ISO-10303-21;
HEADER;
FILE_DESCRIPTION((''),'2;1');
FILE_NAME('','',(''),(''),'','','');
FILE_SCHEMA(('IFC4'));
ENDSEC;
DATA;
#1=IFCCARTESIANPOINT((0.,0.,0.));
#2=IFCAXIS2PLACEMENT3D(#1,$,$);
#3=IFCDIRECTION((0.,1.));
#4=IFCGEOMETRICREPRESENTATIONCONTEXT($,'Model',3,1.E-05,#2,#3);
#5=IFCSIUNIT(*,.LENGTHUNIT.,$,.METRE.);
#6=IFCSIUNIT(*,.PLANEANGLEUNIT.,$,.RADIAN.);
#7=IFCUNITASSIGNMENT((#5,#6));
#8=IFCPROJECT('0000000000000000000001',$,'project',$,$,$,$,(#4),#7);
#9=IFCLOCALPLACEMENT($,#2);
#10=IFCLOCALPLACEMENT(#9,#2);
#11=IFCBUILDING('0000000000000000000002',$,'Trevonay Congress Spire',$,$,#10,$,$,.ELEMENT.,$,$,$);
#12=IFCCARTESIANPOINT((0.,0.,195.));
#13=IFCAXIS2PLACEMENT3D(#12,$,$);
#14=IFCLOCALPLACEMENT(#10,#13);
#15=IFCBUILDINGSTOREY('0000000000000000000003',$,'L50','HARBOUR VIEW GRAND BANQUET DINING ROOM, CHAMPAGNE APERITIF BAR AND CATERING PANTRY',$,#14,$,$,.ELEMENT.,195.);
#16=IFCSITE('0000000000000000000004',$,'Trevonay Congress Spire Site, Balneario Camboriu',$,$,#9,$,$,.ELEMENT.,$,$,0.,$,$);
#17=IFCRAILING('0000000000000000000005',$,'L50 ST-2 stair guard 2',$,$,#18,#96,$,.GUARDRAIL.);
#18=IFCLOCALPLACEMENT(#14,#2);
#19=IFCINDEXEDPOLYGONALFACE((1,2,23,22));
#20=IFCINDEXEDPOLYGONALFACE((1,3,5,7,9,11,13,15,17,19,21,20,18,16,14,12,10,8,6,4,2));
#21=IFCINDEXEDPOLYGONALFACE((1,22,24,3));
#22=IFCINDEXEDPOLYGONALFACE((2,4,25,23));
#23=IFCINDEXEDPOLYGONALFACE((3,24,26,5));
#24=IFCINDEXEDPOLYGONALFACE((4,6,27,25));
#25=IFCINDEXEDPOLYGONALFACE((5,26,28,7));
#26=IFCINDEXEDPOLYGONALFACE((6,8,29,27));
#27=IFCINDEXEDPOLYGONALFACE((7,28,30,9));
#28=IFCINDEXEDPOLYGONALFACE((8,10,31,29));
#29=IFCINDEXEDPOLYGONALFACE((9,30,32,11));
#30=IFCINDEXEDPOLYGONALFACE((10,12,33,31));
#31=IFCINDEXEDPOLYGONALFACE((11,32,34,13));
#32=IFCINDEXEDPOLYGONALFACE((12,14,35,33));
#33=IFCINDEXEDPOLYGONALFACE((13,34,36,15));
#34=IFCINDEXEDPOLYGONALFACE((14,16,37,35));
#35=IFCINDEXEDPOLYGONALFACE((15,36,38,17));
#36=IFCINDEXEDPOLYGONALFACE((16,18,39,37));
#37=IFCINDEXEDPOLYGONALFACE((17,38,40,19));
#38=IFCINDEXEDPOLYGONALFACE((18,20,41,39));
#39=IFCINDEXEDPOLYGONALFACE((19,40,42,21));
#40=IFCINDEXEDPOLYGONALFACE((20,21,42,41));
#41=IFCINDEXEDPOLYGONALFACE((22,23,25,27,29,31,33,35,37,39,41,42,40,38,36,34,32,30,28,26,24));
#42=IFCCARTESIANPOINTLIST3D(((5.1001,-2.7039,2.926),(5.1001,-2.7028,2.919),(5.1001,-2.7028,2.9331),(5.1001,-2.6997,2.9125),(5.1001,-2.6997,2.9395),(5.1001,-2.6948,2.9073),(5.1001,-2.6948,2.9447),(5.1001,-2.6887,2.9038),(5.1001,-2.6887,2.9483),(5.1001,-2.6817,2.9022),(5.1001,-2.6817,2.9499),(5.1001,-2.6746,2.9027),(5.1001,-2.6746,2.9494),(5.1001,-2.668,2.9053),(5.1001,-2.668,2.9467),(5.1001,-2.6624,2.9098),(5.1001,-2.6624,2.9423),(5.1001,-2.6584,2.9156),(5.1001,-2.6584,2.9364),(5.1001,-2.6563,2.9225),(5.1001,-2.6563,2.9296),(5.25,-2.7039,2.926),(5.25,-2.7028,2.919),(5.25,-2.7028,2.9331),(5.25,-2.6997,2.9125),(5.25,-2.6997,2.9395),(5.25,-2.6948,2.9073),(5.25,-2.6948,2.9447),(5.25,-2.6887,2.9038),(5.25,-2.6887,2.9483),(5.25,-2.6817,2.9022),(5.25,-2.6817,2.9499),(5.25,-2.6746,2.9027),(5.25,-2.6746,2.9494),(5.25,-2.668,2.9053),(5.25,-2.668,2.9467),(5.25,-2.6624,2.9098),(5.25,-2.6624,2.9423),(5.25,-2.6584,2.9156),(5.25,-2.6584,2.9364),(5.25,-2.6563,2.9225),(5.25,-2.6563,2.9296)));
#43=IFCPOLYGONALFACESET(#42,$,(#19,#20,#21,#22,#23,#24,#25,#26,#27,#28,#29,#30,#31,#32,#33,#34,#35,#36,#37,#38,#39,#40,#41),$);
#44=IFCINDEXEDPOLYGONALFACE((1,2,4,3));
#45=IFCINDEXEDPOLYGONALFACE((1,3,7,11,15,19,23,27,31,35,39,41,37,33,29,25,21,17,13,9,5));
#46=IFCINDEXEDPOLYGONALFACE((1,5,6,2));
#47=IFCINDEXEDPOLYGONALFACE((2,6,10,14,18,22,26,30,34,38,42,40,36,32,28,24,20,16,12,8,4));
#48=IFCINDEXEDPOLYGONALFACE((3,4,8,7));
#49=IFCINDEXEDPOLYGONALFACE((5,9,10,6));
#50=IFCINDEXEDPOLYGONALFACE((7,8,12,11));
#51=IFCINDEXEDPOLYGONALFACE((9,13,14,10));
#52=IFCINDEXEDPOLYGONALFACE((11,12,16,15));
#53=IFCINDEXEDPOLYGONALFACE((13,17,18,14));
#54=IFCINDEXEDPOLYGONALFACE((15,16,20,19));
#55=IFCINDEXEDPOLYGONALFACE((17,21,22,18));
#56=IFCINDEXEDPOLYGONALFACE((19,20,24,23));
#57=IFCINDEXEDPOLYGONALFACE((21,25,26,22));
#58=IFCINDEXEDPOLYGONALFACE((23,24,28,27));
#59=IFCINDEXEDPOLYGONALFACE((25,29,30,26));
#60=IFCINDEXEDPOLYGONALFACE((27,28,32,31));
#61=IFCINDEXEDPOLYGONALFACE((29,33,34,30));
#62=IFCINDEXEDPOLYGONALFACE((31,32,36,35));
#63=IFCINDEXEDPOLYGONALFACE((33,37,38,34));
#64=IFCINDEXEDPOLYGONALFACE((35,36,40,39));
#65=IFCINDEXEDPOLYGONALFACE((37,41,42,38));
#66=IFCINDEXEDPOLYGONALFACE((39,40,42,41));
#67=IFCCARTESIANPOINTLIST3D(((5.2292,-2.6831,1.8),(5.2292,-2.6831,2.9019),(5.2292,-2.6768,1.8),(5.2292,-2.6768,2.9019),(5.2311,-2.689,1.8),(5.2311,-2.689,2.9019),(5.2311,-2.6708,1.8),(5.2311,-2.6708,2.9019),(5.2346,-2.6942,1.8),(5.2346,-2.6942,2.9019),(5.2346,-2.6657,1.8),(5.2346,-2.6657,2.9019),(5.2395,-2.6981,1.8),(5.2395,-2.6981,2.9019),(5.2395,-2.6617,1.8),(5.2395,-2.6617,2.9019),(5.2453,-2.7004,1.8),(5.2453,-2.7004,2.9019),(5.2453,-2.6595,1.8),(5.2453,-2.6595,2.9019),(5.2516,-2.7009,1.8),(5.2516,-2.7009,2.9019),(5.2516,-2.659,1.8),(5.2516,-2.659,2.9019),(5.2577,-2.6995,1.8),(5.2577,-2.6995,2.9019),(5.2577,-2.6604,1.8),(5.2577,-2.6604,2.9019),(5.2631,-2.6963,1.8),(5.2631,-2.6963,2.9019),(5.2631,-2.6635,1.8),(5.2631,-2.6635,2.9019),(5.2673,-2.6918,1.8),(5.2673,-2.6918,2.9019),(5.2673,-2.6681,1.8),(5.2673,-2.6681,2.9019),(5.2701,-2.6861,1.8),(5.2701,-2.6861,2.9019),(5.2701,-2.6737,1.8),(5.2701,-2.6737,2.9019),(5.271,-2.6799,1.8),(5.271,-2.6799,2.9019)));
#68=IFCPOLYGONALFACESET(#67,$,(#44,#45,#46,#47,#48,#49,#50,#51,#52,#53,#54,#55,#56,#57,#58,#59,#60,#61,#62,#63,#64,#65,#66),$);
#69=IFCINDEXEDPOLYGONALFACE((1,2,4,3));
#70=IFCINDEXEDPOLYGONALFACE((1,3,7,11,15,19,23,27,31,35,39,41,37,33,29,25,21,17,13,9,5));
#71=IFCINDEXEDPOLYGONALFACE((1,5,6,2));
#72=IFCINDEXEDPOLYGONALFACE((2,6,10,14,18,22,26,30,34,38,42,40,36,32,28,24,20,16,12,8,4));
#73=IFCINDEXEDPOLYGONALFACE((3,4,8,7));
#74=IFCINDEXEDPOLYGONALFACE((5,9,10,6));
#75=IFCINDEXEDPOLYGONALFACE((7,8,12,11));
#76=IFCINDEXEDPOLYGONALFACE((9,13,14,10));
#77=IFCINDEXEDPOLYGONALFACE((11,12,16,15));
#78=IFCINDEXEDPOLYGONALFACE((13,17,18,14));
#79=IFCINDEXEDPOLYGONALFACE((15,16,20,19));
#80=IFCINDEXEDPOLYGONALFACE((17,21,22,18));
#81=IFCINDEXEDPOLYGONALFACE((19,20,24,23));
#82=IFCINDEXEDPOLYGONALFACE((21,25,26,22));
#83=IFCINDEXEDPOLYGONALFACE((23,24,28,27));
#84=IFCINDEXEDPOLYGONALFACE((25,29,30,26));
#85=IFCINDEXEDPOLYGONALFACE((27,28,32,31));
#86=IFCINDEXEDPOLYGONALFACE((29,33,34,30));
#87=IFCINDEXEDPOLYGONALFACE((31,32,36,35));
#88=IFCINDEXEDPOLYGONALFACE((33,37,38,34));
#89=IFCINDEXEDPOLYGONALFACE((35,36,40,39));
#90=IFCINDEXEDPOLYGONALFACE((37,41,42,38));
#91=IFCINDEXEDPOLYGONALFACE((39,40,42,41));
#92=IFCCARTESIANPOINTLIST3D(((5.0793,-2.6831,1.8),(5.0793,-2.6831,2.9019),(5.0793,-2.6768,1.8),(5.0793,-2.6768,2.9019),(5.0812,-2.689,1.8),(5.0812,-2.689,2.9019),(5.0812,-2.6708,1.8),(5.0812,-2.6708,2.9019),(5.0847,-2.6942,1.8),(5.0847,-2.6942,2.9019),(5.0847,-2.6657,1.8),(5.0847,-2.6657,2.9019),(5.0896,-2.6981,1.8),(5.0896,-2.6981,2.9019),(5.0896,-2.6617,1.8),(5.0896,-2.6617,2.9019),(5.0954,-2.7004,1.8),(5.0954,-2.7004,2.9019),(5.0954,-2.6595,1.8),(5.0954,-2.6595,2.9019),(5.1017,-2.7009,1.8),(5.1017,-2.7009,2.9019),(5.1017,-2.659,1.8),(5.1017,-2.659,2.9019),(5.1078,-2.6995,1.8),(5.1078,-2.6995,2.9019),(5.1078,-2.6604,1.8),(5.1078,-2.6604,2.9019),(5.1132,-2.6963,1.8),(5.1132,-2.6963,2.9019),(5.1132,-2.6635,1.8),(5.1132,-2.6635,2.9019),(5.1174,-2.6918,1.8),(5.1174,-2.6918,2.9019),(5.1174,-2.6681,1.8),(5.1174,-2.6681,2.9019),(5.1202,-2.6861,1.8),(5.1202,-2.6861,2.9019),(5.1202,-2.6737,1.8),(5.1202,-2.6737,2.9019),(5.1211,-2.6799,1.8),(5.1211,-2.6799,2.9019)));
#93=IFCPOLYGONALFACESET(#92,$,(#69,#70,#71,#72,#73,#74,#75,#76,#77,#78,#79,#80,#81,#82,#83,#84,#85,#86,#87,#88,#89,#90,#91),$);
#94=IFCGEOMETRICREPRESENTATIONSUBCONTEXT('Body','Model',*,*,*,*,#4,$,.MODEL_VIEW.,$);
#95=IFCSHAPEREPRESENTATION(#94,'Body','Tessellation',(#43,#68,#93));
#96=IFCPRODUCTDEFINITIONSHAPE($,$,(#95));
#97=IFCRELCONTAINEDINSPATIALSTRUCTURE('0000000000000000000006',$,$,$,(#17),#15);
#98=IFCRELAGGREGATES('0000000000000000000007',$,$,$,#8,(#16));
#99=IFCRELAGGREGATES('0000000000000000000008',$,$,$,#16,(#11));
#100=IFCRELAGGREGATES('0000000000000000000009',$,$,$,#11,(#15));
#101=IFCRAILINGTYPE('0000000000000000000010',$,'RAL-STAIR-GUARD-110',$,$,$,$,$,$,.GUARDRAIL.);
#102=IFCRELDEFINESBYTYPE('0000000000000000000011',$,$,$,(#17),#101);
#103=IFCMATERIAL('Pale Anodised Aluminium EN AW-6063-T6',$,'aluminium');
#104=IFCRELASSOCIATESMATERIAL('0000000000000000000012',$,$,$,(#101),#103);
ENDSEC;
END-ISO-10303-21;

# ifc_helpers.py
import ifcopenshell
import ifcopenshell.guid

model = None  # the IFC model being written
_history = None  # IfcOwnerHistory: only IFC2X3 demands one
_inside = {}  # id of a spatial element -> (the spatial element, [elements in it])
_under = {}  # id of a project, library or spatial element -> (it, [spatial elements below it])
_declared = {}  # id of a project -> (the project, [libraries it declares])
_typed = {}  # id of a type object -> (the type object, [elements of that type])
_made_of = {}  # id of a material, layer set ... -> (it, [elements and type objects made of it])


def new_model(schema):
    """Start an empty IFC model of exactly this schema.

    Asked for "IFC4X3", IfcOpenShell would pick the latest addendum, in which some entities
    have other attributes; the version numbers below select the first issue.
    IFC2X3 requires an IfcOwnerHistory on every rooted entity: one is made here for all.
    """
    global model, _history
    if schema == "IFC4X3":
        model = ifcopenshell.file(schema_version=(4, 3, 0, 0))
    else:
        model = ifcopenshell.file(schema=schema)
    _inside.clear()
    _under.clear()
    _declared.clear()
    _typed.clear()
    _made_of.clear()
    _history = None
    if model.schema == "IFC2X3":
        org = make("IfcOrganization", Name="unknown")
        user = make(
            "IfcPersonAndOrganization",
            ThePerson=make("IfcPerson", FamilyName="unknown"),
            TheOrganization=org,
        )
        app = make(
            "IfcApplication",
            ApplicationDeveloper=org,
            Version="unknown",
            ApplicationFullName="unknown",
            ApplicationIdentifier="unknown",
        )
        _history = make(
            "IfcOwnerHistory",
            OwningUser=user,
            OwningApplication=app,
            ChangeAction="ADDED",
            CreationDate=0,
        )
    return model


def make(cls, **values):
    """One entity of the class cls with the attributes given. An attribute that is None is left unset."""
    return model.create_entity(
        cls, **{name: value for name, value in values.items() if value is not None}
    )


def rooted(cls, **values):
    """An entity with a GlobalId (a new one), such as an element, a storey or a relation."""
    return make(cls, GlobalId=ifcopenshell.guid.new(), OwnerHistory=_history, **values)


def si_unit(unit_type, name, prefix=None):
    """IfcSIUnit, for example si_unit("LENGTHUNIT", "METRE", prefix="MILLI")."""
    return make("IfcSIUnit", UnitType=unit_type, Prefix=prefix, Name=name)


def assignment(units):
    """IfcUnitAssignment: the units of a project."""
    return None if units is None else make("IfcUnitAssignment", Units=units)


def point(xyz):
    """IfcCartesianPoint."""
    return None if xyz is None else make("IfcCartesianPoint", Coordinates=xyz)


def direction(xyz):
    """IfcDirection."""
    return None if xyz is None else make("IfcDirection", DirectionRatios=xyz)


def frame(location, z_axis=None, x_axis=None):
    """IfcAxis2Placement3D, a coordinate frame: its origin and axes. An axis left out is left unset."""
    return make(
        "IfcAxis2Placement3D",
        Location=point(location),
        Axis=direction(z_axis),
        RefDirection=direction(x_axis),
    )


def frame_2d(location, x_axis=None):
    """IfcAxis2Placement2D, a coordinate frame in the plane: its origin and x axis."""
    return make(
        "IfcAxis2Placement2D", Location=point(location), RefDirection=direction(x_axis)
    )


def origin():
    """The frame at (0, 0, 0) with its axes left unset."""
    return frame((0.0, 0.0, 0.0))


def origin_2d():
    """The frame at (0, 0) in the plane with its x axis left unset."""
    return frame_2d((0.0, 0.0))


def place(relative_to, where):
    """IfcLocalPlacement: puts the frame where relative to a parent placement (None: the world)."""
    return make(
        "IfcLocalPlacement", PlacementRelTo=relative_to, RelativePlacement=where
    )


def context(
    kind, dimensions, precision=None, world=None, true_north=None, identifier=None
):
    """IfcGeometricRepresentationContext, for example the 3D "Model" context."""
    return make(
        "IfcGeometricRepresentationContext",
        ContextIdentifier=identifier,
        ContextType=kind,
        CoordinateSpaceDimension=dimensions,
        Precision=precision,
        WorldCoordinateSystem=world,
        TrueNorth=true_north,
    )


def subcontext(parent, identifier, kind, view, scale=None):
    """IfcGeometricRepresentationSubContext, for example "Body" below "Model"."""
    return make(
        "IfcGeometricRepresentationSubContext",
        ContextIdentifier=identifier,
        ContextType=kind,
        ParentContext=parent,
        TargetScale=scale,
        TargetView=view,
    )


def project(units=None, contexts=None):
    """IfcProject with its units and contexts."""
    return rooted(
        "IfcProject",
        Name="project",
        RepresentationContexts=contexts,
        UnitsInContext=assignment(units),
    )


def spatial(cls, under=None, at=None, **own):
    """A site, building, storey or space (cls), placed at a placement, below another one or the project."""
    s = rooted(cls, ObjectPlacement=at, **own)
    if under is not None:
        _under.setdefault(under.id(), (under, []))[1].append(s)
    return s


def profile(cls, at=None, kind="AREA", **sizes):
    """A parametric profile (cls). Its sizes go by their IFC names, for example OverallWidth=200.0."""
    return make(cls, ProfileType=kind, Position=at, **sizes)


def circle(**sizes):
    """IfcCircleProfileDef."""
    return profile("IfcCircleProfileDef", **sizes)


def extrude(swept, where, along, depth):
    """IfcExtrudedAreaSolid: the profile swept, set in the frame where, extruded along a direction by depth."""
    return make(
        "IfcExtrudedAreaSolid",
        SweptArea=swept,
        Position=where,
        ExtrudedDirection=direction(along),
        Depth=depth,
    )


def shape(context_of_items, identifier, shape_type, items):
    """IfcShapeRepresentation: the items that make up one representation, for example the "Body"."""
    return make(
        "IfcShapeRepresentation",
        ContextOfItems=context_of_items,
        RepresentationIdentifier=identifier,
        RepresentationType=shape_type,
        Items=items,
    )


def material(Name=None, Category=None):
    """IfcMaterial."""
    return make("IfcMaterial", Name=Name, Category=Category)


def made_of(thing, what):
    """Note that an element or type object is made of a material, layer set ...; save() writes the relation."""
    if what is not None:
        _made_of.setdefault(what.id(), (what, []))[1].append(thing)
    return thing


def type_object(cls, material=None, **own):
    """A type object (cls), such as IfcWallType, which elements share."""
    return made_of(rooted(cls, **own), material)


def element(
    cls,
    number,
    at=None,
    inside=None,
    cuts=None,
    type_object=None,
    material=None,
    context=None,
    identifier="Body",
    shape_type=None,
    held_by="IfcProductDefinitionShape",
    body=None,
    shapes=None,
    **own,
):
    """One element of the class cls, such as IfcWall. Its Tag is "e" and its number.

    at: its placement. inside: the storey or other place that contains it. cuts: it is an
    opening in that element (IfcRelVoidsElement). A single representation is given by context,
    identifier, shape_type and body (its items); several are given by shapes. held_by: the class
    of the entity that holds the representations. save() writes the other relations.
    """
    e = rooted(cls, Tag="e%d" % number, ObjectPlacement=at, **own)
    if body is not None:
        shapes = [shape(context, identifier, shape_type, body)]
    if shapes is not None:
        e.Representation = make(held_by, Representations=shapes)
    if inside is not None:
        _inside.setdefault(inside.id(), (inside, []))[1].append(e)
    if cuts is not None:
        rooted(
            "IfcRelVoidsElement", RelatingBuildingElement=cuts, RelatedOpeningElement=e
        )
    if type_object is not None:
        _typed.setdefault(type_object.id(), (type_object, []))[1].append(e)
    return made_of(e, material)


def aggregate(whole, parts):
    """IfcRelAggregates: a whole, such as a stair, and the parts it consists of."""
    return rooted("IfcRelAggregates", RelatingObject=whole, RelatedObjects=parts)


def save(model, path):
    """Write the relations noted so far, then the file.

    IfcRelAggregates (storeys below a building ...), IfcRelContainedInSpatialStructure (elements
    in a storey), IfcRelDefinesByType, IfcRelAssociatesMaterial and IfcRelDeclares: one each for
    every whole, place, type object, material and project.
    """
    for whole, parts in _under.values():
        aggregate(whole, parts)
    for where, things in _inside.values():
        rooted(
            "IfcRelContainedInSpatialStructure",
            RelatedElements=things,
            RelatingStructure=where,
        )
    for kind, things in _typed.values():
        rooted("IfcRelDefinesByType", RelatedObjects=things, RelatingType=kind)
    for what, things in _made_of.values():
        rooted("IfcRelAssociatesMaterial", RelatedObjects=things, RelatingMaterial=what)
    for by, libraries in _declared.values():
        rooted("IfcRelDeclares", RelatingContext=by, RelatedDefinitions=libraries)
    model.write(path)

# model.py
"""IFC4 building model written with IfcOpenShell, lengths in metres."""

from ifc_helpers import new_model, si_unit, direction, frame, origin, origin_2d, place, context, subcontext, project, spatial, circle, extrude, material, type_object, element, save


model = new_model("IFC4")

# Units and contexts
model_context = context("Model", 3, precision=1e-05, world=origin(), true_north=direction((0.0, 1.0)))
body_context = subcontext(model_context, "Body", "Model", "MODEL_VIEW")
ifc_project = project(units=[si_unit("LENGTHUNIT", "METRE"), si_unit("PLANEANGLEUNIT", "RADIAN")], contexts=[model_context])

# Site, building, storey
site_placement = place(None, origin())
site = spatial("IfcSite", under=ifc_project, at=site_placement, Name="Trevonay Congress Spire Site, Balneario Camboriu", CompositionType="ELEMENT", RefElevation=0.0)
building_placement = place(site_placement, origin())
building = spatial("IfcBuilding", under=site, at=building_placement, Name="Trevonay Congress Spire", CompositionType="ELEMENT")
storey_placement = place(building_placement, frame((0.0, 0.0, 195.0)))
storey = spatial("IfcBuildingStorey", under=building, at=storey_placement, Name="L50", Description="HARBOUR VIEW GRAND BANQUET DINING ROOM, CHAMPAGNE APERITIF BAR AND CATERING PANTRY", CompositionType="ELEMENT", Elevation=195.0)

# Shared definitions
ifc_material_1 = material(Name="Pale Anodised Aluminium EN AW-6063-T6", Category="aluminium")

# Railing
railing_type_1 = type_object("IfcRailingType", Name="RAL-STAIR-GUARD-110", PredefinedType="GUARDRAIL", material=ifc_material_1)
railing_1_placement = place(storey_placement, frame((5.25, -2.6799, 1.8)))
element("IfcRailing", 1, at=railing_1_placement, inside=storey, type_object=railing_type_1, Name="L50 ST-2 stair guard 2", PredefinedType="GUARDRAIL", context=body_context, shape_type="SweptSolid", body=[
    extrude(circle(Radius=0.0239, at=origin_2d()), frame((0.0, 0.0, 1.126), z_axis=(-1.0, 0.0, 0.0), x_axis=(0.0, -1.0, 0.0)), (0.0, 0.0, 1.0), 0.1499),
    extrude(circle(Radius=0.021, at=origin_2d()), origin(), (0.0, 0.0, 1.0), 1.1018),
    extrude(circle(Radius=0.021, at=origin_2d()), frame((-0.1499, 0.0, 0.0)), (0.0, 0.0, 1.0), 1.1018),
])

save(model, "model.ifc")
